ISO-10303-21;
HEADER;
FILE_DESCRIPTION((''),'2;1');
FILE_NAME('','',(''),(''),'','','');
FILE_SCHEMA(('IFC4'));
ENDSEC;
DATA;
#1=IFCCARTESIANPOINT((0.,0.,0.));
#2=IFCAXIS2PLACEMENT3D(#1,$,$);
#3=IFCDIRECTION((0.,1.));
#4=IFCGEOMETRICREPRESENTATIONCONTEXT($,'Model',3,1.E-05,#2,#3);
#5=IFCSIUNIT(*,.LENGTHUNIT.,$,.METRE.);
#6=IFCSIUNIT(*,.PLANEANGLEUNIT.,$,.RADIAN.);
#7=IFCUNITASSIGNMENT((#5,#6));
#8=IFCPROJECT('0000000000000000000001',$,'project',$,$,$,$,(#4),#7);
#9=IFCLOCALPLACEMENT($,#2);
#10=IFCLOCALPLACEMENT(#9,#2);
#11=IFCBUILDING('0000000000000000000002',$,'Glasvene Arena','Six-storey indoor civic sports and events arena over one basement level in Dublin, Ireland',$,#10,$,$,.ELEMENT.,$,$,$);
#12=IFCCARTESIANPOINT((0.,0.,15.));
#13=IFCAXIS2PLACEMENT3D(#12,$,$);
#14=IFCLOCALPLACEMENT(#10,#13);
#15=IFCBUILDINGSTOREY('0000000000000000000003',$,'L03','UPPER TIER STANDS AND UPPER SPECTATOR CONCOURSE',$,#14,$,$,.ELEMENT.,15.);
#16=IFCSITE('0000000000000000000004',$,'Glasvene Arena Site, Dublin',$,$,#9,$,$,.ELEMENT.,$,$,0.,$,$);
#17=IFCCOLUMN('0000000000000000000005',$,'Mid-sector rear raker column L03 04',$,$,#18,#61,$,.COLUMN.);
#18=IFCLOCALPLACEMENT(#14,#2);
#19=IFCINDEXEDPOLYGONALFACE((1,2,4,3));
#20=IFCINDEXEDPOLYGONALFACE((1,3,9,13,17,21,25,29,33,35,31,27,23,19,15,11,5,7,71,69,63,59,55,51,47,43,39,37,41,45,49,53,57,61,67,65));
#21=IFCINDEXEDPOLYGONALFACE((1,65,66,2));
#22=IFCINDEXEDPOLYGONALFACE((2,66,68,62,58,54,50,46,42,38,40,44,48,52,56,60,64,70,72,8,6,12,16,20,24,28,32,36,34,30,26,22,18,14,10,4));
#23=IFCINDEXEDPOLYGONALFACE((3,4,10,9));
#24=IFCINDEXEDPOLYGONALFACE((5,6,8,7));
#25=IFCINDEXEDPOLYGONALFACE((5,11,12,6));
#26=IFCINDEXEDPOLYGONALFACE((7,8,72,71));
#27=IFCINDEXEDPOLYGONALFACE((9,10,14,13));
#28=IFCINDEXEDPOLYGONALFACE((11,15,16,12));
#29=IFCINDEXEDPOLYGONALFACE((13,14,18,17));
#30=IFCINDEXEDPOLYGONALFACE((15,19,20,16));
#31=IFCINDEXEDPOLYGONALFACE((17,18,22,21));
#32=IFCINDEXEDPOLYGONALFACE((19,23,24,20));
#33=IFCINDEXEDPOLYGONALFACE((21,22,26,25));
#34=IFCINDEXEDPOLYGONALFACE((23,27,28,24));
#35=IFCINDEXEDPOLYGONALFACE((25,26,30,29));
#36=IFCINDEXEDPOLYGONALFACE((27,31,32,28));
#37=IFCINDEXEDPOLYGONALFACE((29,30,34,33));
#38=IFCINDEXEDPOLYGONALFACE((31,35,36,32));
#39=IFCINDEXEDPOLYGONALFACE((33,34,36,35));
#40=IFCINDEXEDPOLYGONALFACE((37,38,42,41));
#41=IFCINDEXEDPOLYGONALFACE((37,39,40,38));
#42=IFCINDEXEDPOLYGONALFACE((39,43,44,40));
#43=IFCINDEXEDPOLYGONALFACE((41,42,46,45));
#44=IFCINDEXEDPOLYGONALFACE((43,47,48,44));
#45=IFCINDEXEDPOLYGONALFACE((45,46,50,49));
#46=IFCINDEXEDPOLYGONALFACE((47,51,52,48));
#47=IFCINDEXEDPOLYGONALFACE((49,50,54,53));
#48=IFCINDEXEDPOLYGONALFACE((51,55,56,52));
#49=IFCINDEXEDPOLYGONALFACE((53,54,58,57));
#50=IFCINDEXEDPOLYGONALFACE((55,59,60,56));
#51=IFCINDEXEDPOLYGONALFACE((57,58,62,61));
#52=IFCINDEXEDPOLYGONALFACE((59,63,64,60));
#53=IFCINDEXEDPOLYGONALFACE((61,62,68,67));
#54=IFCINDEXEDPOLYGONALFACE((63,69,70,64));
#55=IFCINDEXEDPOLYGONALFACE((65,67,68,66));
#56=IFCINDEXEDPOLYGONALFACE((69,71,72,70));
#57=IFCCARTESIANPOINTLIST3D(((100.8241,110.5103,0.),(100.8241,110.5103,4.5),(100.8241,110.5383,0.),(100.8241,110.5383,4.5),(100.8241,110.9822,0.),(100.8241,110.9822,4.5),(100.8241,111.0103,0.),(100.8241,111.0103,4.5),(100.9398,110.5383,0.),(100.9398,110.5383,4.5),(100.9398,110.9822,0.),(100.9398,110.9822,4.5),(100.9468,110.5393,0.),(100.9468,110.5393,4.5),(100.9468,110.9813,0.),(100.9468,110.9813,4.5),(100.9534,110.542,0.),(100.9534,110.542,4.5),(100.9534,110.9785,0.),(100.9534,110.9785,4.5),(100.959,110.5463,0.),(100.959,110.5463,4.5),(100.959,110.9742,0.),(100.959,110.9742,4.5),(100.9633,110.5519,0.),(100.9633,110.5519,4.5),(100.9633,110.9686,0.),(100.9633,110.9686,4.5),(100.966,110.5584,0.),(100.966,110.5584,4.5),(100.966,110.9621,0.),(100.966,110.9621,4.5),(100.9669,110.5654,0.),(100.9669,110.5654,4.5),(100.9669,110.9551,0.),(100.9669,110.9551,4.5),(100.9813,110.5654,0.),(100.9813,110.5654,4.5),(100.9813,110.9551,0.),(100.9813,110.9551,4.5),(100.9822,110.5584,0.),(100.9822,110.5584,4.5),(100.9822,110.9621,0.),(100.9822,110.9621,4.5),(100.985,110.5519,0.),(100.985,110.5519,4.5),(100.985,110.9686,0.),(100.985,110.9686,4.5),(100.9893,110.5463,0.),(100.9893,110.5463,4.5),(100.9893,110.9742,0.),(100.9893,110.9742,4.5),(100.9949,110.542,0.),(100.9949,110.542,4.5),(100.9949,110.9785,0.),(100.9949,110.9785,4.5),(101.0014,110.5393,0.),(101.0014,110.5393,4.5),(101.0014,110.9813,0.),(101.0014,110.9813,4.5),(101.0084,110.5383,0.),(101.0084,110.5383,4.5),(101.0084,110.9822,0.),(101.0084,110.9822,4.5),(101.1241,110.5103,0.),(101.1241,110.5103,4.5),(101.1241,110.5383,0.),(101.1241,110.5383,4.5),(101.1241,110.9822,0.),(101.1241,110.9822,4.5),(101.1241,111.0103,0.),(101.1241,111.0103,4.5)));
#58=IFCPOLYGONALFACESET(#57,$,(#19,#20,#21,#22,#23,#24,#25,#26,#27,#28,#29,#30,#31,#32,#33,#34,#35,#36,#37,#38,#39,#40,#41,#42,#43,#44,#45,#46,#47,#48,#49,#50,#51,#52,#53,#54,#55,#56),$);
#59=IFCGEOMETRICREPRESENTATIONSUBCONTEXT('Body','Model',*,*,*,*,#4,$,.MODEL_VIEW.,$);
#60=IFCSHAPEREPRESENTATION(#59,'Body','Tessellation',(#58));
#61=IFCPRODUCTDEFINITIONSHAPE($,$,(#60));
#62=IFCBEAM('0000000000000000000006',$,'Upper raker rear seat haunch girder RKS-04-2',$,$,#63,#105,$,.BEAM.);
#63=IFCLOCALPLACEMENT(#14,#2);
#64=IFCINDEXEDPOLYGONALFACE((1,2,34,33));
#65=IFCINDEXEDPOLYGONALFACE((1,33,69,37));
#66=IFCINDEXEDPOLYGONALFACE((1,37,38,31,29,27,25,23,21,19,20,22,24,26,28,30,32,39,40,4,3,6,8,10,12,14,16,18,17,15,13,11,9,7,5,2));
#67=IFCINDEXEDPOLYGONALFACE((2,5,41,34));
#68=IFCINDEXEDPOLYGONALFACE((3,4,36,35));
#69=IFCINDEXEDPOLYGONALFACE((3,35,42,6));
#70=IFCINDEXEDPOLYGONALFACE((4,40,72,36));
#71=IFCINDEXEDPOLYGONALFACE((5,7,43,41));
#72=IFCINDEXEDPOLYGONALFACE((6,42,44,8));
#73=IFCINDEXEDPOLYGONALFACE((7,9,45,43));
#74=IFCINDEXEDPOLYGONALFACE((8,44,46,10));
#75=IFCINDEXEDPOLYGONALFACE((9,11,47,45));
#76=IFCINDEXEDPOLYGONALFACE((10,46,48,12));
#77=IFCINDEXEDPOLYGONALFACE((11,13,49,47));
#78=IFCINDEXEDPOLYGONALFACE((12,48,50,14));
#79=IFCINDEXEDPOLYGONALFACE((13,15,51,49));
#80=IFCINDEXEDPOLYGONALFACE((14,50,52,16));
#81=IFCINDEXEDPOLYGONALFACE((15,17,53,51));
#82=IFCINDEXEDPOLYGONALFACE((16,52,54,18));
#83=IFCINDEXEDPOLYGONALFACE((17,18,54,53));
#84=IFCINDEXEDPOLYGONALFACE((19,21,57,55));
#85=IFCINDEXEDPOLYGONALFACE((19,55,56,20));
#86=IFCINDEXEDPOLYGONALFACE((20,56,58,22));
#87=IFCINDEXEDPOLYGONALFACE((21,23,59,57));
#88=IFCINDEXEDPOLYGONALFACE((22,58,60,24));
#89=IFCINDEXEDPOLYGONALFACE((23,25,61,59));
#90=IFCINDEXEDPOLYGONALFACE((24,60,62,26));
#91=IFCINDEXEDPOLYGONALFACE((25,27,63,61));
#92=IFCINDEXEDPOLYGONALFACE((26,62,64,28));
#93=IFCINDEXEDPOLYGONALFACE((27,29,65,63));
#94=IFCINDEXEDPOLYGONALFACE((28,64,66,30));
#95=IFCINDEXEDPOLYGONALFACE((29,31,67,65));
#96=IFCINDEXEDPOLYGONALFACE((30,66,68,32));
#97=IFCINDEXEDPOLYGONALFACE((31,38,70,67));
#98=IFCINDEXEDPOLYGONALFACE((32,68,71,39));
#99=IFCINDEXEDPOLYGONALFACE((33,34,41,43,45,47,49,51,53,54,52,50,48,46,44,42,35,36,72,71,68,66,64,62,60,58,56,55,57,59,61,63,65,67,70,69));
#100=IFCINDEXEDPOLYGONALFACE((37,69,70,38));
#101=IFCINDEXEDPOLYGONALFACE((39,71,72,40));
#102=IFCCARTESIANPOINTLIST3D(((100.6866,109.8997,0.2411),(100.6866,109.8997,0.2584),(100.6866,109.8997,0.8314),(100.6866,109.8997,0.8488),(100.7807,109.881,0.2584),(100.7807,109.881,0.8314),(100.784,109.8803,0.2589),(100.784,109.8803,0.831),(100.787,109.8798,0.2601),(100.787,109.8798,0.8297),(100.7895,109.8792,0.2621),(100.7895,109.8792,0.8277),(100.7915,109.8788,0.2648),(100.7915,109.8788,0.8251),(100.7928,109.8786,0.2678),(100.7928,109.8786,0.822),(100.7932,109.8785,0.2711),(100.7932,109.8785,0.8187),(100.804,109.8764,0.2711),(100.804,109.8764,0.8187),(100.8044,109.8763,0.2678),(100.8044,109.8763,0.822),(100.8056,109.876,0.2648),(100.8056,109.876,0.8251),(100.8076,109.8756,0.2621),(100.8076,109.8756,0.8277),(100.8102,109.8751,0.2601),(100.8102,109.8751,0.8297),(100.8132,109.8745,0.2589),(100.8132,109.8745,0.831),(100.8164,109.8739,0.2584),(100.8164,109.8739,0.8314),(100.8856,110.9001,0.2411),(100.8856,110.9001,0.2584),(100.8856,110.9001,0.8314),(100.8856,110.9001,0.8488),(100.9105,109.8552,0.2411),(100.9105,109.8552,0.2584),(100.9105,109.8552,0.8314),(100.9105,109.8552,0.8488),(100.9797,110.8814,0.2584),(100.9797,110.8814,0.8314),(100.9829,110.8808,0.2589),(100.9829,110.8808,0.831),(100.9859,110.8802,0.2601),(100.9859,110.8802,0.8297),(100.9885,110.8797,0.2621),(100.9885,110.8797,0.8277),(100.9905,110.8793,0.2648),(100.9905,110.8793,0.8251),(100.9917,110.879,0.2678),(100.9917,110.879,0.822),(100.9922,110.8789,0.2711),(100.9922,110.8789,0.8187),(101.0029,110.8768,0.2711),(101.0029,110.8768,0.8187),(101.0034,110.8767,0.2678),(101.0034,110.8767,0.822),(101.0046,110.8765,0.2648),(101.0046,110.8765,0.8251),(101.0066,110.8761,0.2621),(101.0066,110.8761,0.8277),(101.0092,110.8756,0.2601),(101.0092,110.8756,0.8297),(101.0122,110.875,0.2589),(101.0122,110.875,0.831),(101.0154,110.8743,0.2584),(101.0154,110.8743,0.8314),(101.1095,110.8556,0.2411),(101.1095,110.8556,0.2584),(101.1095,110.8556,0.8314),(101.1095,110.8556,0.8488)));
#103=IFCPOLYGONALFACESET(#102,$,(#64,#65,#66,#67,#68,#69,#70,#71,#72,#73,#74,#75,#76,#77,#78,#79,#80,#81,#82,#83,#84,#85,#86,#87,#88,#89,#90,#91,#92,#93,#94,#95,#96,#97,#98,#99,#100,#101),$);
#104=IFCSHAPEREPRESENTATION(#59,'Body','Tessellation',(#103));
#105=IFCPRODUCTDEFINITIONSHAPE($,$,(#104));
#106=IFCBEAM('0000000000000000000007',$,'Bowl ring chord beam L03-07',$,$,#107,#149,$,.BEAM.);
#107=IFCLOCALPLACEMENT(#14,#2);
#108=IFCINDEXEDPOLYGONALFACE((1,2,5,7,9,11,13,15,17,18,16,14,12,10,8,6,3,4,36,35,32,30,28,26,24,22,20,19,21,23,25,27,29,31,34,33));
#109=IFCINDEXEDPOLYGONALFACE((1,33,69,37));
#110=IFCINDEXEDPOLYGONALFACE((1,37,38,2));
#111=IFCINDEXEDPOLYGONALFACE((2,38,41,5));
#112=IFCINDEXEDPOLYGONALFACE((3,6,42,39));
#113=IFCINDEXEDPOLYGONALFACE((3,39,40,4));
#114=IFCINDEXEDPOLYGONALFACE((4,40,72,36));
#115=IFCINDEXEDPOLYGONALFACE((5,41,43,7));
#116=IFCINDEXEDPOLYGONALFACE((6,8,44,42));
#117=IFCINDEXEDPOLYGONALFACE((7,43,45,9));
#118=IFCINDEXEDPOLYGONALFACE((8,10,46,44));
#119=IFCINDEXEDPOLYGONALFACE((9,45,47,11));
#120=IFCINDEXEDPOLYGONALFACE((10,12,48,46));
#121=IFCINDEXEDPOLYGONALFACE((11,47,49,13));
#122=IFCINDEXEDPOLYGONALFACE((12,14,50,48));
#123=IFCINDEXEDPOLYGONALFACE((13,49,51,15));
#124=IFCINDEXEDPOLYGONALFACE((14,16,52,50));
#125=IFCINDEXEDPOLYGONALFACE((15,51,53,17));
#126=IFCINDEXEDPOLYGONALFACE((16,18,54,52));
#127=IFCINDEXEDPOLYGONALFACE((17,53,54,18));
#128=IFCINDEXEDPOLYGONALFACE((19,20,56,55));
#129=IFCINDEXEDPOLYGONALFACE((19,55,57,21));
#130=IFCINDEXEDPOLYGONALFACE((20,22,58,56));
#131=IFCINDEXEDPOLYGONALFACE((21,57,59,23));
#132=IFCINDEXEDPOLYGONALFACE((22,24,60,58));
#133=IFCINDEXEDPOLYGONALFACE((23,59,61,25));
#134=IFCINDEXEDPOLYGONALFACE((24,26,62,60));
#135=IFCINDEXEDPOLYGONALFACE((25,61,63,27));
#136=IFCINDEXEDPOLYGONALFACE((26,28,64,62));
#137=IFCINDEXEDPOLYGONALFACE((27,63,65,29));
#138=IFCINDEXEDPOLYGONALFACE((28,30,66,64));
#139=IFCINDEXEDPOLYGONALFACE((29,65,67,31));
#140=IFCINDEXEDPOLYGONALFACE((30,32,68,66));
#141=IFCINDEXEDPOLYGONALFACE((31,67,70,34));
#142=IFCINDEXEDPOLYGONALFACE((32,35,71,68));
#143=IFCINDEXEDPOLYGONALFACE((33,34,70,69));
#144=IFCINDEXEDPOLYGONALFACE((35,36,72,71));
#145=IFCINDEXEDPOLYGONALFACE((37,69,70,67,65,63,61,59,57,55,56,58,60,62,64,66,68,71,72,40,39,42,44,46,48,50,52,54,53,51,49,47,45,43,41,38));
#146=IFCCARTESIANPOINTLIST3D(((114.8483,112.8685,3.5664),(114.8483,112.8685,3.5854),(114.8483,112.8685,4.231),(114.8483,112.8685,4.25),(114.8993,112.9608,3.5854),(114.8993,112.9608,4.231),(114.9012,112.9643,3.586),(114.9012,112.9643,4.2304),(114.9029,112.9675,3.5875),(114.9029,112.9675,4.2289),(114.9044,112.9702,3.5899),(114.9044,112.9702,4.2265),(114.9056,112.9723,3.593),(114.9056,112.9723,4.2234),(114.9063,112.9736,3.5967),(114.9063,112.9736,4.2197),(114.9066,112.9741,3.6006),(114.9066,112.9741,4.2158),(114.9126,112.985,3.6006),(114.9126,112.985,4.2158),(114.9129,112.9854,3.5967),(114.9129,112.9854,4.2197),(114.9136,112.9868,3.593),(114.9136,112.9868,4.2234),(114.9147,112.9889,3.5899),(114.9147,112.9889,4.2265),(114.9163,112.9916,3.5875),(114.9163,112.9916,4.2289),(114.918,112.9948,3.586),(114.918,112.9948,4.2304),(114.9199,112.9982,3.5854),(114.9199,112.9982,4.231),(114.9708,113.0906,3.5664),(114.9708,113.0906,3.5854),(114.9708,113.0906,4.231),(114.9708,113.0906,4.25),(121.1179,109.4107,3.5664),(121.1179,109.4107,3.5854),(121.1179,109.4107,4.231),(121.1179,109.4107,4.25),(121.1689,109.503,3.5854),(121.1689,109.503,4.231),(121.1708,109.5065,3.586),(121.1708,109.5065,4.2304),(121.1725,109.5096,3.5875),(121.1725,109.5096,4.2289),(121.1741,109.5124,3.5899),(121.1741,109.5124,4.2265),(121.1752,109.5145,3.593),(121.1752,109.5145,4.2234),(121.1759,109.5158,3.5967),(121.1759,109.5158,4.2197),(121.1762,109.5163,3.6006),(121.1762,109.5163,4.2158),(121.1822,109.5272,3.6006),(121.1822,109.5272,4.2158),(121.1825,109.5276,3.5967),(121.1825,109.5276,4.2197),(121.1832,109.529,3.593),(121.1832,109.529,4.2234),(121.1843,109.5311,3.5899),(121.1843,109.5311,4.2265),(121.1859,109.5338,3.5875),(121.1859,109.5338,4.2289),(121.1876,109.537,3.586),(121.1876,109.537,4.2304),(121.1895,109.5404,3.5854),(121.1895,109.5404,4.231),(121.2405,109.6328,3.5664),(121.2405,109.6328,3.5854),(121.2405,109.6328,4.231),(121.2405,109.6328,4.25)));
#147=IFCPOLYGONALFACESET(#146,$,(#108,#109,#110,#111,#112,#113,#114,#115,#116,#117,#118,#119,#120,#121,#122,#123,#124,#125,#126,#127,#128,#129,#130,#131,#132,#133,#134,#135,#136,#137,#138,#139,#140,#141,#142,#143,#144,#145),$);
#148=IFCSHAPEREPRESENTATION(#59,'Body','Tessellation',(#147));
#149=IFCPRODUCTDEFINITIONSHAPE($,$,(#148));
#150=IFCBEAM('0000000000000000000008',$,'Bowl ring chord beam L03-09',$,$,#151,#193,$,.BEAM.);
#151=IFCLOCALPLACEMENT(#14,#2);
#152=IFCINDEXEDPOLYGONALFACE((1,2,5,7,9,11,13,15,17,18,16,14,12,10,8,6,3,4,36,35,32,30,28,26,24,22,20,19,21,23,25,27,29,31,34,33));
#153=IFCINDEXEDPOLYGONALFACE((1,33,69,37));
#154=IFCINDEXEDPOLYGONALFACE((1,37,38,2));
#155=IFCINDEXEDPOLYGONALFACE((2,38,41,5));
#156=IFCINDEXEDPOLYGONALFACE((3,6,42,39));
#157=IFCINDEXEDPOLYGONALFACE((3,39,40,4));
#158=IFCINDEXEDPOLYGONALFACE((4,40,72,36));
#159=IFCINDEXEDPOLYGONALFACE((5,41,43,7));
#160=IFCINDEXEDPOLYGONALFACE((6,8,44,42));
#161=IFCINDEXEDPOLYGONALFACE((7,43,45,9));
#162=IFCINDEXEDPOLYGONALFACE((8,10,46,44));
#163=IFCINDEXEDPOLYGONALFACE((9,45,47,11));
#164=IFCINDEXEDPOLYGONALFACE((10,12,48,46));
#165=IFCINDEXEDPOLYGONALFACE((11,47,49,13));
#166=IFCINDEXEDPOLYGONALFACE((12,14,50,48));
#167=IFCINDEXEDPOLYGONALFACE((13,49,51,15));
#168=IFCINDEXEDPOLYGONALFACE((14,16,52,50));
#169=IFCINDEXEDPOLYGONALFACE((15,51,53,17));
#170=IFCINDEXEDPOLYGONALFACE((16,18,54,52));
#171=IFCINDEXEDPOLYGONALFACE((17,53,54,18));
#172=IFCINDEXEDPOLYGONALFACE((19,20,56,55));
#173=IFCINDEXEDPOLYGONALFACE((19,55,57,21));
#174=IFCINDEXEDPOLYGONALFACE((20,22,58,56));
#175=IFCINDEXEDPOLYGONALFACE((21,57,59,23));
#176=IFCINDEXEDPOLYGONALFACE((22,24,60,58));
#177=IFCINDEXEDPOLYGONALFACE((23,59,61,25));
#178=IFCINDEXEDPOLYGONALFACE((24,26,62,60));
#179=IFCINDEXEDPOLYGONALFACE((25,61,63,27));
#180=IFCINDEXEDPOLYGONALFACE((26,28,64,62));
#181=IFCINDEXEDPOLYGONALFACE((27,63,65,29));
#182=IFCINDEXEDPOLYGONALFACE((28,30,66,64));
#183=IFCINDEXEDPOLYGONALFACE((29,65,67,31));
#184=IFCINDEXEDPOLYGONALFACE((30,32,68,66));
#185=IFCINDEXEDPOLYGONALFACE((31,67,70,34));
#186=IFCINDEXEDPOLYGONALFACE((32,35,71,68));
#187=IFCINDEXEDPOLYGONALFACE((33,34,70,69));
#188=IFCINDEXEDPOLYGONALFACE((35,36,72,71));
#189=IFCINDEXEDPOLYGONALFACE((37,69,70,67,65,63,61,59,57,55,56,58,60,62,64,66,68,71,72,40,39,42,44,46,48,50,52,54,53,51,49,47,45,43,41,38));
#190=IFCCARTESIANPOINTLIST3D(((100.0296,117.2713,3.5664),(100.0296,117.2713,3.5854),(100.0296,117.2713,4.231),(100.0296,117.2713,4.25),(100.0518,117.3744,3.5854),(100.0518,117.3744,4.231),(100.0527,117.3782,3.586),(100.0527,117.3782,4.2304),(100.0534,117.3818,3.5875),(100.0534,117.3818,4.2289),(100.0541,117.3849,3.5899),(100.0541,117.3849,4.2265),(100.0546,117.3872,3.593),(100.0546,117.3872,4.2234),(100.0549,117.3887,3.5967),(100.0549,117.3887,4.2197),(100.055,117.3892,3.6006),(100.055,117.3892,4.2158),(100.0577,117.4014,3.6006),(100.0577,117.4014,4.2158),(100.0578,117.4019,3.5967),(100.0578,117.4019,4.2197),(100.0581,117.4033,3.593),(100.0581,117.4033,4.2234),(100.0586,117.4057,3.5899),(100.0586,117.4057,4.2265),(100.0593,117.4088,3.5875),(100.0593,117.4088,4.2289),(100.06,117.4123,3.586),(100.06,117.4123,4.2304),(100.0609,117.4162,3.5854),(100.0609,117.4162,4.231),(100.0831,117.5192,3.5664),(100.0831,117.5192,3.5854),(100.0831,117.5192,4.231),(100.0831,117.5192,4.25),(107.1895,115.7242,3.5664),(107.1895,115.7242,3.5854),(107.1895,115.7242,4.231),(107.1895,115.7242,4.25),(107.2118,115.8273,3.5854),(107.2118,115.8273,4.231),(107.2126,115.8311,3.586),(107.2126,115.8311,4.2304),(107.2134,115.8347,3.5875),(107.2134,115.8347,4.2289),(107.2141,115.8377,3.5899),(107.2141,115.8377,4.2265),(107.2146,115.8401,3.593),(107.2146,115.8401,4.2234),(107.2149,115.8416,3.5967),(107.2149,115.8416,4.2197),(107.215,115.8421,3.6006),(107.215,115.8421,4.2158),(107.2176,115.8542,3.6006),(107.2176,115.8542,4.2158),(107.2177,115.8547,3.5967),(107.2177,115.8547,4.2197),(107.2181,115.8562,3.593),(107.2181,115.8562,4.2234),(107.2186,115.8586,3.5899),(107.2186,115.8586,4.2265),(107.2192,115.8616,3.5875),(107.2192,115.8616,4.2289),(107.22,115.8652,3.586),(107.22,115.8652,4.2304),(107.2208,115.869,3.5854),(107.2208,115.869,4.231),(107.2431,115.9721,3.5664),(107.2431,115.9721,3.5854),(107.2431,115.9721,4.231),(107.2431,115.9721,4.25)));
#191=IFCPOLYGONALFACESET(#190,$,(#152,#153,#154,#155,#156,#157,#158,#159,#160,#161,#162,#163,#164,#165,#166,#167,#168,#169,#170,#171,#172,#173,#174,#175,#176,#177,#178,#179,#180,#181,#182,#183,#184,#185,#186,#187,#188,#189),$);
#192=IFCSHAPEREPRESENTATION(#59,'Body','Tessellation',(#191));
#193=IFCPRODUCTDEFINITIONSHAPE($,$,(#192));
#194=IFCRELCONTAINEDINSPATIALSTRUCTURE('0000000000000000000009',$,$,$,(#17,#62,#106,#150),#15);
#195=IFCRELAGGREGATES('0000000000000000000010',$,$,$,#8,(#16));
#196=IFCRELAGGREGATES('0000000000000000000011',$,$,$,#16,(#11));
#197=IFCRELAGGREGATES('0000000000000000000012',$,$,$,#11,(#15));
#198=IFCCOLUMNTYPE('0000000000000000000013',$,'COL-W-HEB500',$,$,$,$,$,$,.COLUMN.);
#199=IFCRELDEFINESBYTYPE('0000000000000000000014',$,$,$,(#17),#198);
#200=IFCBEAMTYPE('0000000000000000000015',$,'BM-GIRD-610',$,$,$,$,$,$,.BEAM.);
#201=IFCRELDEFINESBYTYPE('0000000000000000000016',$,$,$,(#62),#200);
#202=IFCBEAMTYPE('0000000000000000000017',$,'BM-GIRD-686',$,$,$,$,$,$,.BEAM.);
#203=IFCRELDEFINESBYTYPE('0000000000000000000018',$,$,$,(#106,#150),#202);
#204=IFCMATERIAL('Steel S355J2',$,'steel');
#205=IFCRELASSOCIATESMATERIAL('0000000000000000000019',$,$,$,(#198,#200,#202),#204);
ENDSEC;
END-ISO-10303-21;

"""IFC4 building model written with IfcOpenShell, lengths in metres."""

from ifc_helpers import new_model, si_unit, direction, frame, origin, origin_2d, place, context, subcontext, project, spatial, i_section, extrude, material, material_profile, profile_set, type_object, element, save


model = new_model("IFC4")

# Units and contexts
model_context = context("Model", 3, precision=1e-05, world=origin(), true_north=direction((0.0, 1.0)))
body_context = subcontext(model_context, "Body", "Model", "MODEL_VIEW")
ifc_project = project(units=[si_unit("LENGTHUNIT", "METRE"), si_unit("PLANEANGLEUNIT", "RADIAN")], contexts=[model_context])

# Site, building, storey
site_placement = place(None, origin())
site = spatial("IfcSite", under=ifc_project, at=site_placement, Name="Glasvene Arena Site, Dublin", CompositionType="ELEMENT", RefElevation=0.0)
building_placement = place(site_placement, origin())
building = spatial("IfcBuilding", under=site, at=building_placement, Name="Glasvene Arena", Description="Six-storey indoor civic sports and events arena over one basement level in Dublin, Ireland", CompositionType="ELEMENT")
storey_placement = place(building_placement, frame((0.0, 0.0, 15.0)))
storey = spatial("IfcBuildingStorey", under=building, at=storey_placement, Name="L03", Description="UPPER TIER STANDS AND UPPER SPECTATOR CONCOURSE", CompositionType="ELEMENT", Elevation=15.0)

# Column
ifc_material_1 = material(Name="Steel S355J2", Category="steel")
ifc_material_profile_1 = material_profile(ifc_material_1, i_section(OverallWidth=0.3, OverallDepth=0.5, WebThickness=0.0144, FlangeThickness=0.0281, FilletRadius=0.0271, at=origin_2d()), Name="HEB 500")
ifc_profile_set_1 = profile_set([ifc_material_profile_1], Name="Steel S355J2")
column_type_1 = type_object("IfcColumnType", Name="COL-W-HEB500", PredefinedType="COLUMN", material=ifc_profile_set_1)
for number, where, z_axis, x_axis, name in (
    (1, (100.9741, 110.7603, 0.0), (0.0, 0.0, 1.0), (1.0, 0.0, 0.0), "Mid-sector rear raker column L03 04"),
):
    element("IfcColumn", number, at=place(storey_placement, frame(where, z_axis=z_axis, x_axis=x_axis)), inside=storey, type_object=column_type_1, Name=name, PredefinedType="COLUMN", context=body_context, shape_type="SweptSolid", body=[
        extrude(i_section(OverallWidth=0.3, OverallDepth=0.5, WebThickness=0.0144, FlangeThickness=0.0281, FilletRadius=0.0271, at=origin_2d()), origin(), (0.0, 0.0, 1.0), 4.5),
    ])

# Beams
ifc_material_profile_2 = material_profile(ifc_material_1, i_section(OverallWidth=0.2283, OverallDepth=0.6077, WebThickness=0.011, FlangeThickness=0.0173, FilletRadius=0.0127, at=origin_2d()), Name="UKB 610x229x113")
ifc_profile_set_2 = profile_set([ifc_material_profile_2], Name="Steel S355J2")
beam_type_1 = type_object("IfcBeamType", Name="BM-GIRD-610", PredefinedType="BEAM", material=ifc_profile_set_2)
beam_1_placement = place(storey_placement, frame((100.7986, 109.8774, 0.5449), z_axis=(0.195057, 0.980792, 0.0), x_axis=(-0.980792, 0.195057, 0.0)))
element("IfcBeam", 2, at=beam_1_placement, inside=storey, type_object=beam_type_1, Name="Upper raker rear seat haunch girder RKS-04-2", PredefinedType="BEAM", context=body_context, shape_type="SweptSolid", body=[
    extrude(i_section(OverallWidth=0.2283, OverallDepth=0.6077, WebThickness=0.011, FlangeThickness=0.0173, FilletRadius=0.0127, at=origin_2d()), origin(), (0.0, 0.0, 1.0), 1.02),
])
ifc_material_profile_3 = material_profile(ifc_material_1, i_section(OverallWidth=0.2537, OverallDepth=0.6836, WebThickness=0.0125, FlangeThickness=0.019, FilletRadius=0.0151, at=origin_2d()), Name="UKB 686x254x140")
ifc_profile_set_3 = profile_set([ifc_material_profile_3], Name="Steel S355J2")
beam_type_2 = type_object("IfcBeamType", Name="BM-GIRD-686", PredefinedType="BEAM", material=ifc_profile_set_3)
beam_2_placement = place(storey_placement, frame((121.1792, 109.5217, 3.9082), z_axis=(-0.875654, 0.482939, 0.0), x_axis=(-0.482939, -0.875654, 0.0)))
element("IfcBeam", 3, at=beam_2_placement, inside=storey, type_object=beam_type_2, Name="Bowl ring chord beam L03-07", PredefinedType="BEAM", context=body_context, shape_type="SweptSolid", body=[
    extrude(i_section(OverallWidth=0.2537, OverallDepth=0.6836, WebThickness=0.0125, FlangeThickness=0.019, FilletRadius=0.0151, at=origin_2d()), origin(), (0.0, 0.0, 1.0), 7.1599),
])
beam_3_placement = place(storey_placement, frame((107.2163, 115.8481, 3.9082), z_axis=(-0.977442, 0.211206, 0.0), x_axis=(-0.211206, -0.977442, 0.0)))
element("IfcBeam", 4, at=beam_3_placement, inside=storey, type_object=beam_type_2, Name="Bowl ring chord beam L03-09", PredefinedType="BEAM", context=body_context, shape_type="SweptSolid", body=[
    extrude(i_section(OverallWidth=0.2537, OverallDepth=0.6836, WebThickness=0.0125, FlangeThickness=0.019, FilletRadius=0.0151, at=origin_2d()), origin(), (0.0, 0.0, 1.0), 7.3252),
])

save(model, "model.ifc")
